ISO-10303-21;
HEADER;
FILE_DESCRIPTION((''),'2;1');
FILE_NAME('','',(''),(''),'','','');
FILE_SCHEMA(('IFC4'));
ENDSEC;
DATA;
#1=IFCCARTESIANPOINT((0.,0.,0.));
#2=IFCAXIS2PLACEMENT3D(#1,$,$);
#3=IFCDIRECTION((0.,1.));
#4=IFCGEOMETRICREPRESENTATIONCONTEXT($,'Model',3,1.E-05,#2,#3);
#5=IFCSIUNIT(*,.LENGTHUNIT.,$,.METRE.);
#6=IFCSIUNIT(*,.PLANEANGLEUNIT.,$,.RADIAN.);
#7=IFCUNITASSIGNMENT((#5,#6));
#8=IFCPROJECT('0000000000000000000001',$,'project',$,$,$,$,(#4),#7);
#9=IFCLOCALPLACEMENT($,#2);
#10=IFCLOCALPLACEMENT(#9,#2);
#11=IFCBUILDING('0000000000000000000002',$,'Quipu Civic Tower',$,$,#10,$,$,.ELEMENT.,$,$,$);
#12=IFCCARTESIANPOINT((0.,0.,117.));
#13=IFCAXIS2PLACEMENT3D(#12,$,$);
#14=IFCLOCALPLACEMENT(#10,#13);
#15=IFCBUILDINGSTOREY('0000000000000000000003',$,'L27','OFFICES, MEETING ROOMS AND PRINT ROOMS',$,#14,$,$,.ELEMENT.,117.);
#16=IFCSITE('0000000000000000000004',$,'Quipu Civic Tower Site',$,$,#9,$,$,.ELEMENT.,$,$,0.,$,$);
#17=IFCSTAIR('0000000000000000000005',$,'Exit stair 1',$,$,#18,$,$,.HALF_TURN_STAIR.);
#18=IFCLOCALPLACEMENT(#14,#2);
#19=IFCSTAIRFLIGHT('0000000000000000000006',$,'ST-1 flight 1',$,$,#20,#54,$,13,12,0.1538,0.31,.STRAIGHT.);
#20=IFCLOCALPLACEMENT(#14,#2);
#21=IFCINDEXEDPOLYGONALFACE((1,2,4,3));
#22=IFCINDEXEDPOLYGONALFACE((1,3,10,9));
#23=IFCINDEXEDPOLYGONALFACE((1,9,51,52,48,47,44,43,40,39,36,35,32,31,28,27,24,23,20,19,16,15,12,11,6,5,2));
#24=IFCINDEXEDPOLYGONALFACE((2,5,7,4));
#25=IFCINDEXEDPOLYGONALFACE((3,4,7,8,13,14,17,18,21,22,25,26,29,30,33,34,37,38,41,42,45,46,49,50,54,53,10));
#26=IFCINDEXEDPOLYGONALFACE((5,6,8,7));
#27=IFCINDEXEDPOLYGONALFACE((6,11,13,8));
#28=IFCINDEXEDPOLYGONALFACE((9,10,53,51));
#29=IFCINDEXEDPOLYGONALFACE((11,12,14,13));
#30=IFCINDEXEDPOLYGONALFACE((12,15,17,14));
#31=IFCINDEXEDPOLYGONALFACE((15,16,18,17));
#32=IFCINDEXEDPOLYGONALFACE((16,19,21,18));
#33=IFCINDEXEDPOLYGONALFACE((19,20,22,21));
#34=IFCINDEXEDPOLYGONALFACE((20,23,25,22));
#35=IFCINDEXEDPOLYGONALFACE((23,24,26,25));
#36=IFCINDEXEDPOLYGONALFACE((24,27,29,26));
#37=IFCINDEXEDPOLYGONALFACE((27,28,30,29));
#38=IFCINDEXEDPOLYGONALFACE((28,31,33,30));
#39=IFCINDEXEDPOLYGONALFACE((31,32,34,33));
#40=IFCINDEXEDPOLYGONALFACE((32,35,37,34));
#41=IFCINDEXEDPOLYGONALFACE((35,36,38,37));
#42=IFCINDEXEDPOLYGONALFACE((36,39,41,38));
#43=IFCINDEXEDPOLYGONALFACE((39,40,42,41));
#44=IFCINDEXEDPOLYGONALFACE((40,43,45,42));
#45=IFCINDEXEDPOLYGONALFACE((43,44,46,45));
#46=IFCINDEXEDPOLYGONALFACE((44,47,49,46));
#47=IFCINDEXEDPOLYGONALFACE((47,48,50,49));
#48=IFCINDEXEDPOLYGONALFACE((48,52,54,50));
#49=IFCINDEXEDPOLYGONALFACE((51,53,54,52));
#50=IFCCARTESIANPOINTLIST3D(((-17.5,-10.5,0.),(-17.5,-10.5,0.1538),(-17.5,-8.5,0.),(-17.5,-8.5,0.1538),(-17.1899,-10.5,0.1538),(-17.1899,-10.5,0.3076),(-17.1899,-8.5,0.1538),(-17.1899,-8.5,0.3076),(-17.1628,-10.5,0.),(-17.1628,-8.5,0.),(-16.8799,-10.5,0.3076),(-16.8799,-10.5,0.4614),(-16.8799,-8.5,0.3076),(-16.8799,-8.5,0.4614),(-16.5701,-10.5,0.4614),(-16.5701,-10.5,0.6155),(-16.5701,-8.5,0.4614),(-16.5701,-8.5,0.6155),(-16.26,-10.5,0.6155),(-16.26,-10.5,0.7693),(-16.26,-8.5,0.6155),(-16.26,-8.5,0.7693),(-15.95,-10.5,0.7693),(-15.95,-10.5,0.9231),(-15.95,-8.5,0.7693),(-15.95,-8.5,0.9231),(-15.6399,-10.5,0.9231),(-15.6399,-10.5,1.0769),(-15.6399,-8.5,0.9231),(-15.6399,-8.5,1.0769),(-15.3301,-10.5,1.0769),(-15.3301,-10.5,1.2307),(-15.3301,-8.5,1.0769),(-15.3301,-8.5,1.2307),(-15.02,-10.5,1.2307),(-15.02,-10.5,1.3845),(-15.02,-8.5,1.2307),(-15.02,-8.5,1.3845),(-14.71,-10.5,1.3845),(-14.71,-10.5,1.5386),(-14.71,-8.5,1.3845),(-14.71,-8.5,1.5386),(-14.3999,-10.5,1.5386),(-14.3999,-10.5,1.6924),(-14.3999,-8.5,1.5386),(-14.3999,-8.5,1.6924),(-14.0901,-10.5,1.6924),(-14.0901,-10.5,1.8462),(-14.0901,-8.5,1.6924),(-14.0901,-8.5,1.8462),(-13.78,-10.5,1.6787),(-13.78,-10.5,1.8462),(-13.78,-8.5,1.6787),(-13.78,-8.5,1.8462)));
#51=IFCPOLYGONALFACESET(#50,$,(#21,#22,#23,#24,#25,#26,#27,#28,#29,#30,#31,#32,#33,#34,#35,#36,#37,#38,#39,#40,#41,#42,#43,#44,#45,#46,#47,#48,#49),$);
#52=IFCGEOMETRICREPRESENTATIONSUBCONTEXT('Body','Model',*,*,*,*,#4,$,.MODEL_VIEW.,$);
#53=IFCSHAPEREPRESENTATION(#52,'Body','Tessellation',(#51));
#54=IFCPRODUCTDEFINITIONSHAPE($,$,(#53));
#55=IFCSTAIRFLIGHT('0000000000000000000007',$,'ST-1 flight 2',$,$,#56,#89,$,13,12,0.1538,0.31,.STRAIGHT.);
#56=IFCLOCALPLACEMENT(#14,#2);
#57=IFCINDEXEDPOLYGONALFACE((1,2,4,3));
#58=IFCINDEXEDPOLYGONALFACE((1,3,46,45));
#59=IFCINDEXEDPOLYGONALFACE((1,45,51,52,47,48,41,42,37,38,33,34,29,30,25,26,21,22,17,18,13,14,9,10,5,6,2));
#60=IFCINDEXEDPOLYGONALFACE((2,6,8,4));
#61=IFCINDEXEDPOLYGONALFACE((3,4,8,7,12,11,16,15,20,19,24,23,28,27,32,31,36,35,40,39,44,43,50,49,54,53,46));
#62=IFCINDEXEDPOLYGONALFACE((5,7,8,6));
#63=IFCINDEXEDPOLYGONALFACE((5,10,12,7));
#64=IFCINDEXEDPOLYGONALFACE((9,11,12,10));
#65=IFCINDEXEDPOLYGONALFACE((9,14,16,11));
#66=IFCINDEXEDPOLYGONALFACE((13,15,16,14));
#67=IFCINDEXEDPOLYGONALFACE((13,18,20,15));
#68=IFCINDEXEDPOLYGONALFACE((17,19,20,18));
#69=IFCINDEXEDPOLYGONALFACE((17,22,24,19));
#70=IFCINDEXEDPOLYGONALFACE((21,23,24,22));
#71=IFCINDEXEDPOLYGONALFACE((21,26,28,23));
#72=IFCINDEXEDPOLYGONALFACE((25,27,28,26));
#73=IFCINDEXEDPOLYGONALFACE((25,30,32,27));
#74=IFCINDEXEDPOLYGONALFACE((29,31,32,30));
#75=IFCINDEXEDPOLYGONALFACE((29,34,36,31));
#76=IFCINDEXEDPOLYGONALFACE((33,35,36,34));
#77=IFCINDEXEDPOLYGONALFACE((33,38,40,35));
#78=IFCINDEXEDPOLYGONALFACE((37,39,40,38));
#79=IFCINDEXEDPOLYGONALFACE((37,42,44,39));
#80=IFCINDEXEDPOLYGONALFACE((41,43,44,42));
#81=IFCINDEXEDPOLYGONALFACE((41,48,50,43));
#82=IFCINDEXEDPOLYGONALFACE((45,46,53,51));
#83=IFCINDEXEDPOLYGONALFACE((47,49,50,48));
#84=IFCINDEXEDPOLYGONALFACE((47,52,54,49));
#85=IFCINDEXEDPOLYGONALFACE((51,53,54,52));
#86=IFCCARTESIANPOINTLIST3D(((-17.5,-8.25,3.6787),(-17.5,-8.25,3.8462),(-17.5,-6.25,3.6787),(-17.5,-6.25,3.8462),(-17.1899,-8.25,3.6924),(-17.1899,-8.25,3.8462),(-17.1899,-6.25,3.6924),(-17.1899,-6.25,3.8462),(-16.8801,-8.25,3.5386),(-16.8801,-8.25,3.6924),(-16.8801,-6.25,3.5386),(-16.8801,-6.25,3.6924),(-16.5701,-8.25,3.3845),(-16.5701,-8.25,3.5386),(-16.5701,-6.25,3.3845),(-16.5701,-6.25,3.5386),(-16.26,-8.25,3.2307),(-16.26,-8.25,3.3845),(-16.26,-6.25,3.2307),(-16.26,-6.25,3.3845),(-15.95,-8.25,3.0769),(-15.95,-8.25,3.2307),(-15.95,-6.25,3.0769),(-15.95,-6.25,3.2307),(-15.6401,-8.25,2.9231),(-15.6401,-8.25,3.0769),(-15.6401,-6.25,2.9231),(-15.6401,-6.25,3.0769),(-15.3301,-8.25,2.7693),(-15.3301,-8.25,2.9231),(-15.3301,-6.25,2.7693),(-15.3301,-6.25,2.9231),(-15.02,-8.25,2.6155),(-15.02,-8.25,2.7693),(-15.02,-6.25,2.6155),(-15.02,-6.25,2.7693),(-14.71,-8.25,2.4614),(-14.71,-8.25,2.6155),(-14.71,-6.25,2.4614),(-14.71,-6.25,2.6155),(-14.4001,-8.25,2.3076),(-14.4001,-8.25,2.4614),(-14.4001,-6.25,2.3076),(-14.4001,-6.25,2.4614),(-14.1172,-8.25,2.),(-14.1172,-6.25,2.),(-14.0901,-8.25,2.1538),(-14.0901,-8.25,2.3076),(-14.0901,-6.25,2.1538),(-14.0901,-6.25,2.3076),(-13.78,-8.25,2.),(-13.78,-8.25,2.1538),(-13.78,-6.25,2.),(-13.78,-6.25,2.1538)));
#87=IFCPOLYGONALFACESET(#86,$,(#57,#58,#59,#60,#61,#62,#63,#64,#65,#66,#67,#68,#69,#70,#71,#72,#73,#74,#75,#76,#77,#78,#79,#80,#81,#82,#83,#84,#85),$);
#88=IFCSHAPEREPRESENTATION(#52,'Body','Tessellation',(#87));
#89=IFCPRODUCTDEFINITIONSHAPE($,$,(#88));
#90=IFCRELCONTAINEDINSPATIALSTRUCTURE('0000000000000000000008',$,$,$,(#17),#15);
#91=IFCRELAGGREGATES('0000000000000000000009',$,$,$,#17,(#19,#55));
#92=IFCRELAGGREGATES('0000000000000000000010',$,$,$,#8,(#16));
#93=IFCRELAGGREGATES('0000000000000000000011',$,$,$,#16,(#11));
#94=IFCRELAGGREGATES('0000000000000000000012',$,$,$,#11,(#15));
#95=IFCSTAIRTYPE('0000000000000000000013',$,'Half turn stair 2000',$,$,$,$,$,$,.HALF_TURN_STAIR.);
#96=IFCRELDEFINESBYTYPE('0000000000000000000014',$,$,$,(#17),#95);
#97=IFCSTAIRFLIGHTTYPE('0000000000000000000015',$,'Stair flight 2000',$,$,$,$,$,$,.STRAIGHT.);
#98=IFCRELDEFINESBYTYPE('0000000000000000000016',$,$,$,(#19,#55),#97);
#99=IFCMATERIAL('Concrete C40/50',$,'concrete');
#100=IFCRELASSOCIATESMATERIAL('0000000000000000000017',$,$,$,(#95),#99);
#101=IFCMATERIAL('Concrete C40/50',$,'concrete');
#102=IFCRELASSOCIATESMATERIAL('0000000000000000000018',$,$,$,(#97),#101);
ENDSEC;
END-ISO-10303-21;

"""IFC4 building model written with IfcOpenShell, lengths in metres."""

from ifc_helpers import new_model, si_unit, direction, frame, origin, place, context, subcontext, project, spatial, polyline, outline, extrude, material, type_object, element, aggregate, save


model = new_model("IFC4")

# Units and contexts
model_context = context("Model", 3, precision=1e-05, world=origin(), true_north=direction((0.0, 1.0)))
body_context = subcontext(model_context, "Body", "Model", "MODEL_VIEW")
ifc_project = project(units=[si_unit("LENGTHUNIT", "METRE"), si_unit("PLANEANGLEUNIT", "RADIAN")], contexts=[model_context])

# Site, building, storey
site_placement = place(None, origin())
site = spatial("IfcSite", under=ifc_project, at=site_placement, Name="Quipu Civic Tower Site", CompositionType="ELEMENT", RefElevation=0.0)
building_placement = place(site_placement, origin())
building = spatial("IfcBuilding", under=site, at=building_placement, Name="Quipu Civic Tower", CompositionType="ELEMENT")
storey_placement = place(building_placement, frame((0.0, 0.0, 117.0)))
storey = spatial("IfcBuildingStorey", under=building, at=storey_placement, Name="L27", Description="OFFICES, MEETING ROOMS AND PRINT ROOMS", CompositionType="ELEMENT", Elevation=117.0)

# Stair, stair flights
ifc_material_1 = material(Name="Concrete C40/50", Category="concrete")
stair_type = type_object("IfcStairType", Name="Half turn stair 2000", PredefinedType="HALF_TURN_STAIR", material=ifc_material_1)
stair_placement = place(storey_placement, origin())
stair = element("IfcStair", 1, at=stair_placement, inside=storey, type_object=stair_type, Name="Exit stair 1", PredefinedType="HALF_TURN_STAIR")
ifc_material_2 = material(Name="Concrete C40/50", Category="concrete")
stair_flight_type = type_object("IfcStairFlightType", Name="Stair flight 2000", PredefinedType="STRAIGHT", material=ifc_material_2)
stair_flight_1_placement = place(storey_placement, frame((-17.5, -9.5, 0.0), z_axis=(0.0, 0.0, 1.0), x_axis=(1.0, 0.0, 0.0)))
stair_flight_1 = element("IfcStairFlight", 2, at=stair_flight_1_placement, type_object=stair_flight_type, Name="ST-1 flight 1", NumberOfRisers=13, NumberOfTreads=12, PredefinedType="STRAIGHT", RiserHeight=0.1538, TreadLength=0.31, context=body_context, shape_type="SweptSolid", body=[
    extrude(outline(polyline([(0.0, 0.0), (0.0, 0.1538), (0.3101, 0.1538), (0.3101, 0.3076), (0.6201, 0.3076), (0.6201, 0.4614), (0.9299, 0.4614), (0.9299, 0.6155), (1.24, 0.6155), (1.24, 0.7693), (1.55, 0.7693), (1.55, 0.9231), (1.8601, 0.9231), (1.8601, 1.0769), (2.1699, 1.0769), (2.1699, 1.2307), (2.48, 1.2307), (2.48, 1.3845), (2.79, 1.3845), (2.79, 1.5386), (3.1001, 1.5386), (3.1001, 1.6924), (3.4099, 1.6924), (3.4099, 1.8462), (3.72, 1.8462), (3.72, 2.0), (3.72, 1.6787), (0.3372, 0.0), (0.0, 0.0)])), frame((0.0, 1.0, 0.0), z_axis=(0.0, -1.0, 0.0), x_axis=(1.0, 0.0, 0.0)), (0.0, 0.0, 1.0), 2.0),
])
stair_flight_2_placement = place(storey_placement, frame((-13.78, -7.25, 2.0), z_axis=(0.0, 0.0, 1.0), x_axis=(-1.0, 0.0, 0.0)))
stair_flight_2 = element("IfcStairFlight", 3, at=stair_flight_2_placement, type_object=stair_flight_type, Name="ST-1 flight 2", NumberOfRisers=13, NumberOfTreads=12, PredefinedType="STRAIGHT", RiserHeight=0.1538, TreadLength=0.31, context=body_context, shape_type="SweptSolid", body=[
    extrude(outline(polyline([(0.0, 0.0), (0.0, 0.1538), (0.3101, 0.1538), (0.3101, 0.3076), (0.6201, 0.3076), (0.6201, 0.4614), (0.9299, 0.4614), (0.9299, 0.6155), (1.24, 0.6155), (1.24, 0.7693), (1.55, 0.7693), (1.55, 0.9231), (1.8601, 0.9231), (1.8601, 1.0769), (2.1699, 1.0769), (2.1699, 1.2307), (2.48, 1.2307), (2.48, 1.3845), (2.79, 1.3845), (2.79, 1.5386), (3.1001, 1.5386), (3.1001, 1.6924), (3.4099, 1.6924), (3.4099, 1.8462), (3.72, 1.8462), (3.72, 2.0), (3.72, 1.6787), (0.3372, 0.0), (0.0, 0.0)])), frame((0.0, 1.0, 0.0), z_axis=(0.0, -1.0, 0.0), x_axis=(1.0, 0.0, 0.0)), (0.0, 0.0, 1.0), 2.0),
])
aggregate(stair, [stair_flight_1, stair_flight_2])

save(model, "model.ifc")
